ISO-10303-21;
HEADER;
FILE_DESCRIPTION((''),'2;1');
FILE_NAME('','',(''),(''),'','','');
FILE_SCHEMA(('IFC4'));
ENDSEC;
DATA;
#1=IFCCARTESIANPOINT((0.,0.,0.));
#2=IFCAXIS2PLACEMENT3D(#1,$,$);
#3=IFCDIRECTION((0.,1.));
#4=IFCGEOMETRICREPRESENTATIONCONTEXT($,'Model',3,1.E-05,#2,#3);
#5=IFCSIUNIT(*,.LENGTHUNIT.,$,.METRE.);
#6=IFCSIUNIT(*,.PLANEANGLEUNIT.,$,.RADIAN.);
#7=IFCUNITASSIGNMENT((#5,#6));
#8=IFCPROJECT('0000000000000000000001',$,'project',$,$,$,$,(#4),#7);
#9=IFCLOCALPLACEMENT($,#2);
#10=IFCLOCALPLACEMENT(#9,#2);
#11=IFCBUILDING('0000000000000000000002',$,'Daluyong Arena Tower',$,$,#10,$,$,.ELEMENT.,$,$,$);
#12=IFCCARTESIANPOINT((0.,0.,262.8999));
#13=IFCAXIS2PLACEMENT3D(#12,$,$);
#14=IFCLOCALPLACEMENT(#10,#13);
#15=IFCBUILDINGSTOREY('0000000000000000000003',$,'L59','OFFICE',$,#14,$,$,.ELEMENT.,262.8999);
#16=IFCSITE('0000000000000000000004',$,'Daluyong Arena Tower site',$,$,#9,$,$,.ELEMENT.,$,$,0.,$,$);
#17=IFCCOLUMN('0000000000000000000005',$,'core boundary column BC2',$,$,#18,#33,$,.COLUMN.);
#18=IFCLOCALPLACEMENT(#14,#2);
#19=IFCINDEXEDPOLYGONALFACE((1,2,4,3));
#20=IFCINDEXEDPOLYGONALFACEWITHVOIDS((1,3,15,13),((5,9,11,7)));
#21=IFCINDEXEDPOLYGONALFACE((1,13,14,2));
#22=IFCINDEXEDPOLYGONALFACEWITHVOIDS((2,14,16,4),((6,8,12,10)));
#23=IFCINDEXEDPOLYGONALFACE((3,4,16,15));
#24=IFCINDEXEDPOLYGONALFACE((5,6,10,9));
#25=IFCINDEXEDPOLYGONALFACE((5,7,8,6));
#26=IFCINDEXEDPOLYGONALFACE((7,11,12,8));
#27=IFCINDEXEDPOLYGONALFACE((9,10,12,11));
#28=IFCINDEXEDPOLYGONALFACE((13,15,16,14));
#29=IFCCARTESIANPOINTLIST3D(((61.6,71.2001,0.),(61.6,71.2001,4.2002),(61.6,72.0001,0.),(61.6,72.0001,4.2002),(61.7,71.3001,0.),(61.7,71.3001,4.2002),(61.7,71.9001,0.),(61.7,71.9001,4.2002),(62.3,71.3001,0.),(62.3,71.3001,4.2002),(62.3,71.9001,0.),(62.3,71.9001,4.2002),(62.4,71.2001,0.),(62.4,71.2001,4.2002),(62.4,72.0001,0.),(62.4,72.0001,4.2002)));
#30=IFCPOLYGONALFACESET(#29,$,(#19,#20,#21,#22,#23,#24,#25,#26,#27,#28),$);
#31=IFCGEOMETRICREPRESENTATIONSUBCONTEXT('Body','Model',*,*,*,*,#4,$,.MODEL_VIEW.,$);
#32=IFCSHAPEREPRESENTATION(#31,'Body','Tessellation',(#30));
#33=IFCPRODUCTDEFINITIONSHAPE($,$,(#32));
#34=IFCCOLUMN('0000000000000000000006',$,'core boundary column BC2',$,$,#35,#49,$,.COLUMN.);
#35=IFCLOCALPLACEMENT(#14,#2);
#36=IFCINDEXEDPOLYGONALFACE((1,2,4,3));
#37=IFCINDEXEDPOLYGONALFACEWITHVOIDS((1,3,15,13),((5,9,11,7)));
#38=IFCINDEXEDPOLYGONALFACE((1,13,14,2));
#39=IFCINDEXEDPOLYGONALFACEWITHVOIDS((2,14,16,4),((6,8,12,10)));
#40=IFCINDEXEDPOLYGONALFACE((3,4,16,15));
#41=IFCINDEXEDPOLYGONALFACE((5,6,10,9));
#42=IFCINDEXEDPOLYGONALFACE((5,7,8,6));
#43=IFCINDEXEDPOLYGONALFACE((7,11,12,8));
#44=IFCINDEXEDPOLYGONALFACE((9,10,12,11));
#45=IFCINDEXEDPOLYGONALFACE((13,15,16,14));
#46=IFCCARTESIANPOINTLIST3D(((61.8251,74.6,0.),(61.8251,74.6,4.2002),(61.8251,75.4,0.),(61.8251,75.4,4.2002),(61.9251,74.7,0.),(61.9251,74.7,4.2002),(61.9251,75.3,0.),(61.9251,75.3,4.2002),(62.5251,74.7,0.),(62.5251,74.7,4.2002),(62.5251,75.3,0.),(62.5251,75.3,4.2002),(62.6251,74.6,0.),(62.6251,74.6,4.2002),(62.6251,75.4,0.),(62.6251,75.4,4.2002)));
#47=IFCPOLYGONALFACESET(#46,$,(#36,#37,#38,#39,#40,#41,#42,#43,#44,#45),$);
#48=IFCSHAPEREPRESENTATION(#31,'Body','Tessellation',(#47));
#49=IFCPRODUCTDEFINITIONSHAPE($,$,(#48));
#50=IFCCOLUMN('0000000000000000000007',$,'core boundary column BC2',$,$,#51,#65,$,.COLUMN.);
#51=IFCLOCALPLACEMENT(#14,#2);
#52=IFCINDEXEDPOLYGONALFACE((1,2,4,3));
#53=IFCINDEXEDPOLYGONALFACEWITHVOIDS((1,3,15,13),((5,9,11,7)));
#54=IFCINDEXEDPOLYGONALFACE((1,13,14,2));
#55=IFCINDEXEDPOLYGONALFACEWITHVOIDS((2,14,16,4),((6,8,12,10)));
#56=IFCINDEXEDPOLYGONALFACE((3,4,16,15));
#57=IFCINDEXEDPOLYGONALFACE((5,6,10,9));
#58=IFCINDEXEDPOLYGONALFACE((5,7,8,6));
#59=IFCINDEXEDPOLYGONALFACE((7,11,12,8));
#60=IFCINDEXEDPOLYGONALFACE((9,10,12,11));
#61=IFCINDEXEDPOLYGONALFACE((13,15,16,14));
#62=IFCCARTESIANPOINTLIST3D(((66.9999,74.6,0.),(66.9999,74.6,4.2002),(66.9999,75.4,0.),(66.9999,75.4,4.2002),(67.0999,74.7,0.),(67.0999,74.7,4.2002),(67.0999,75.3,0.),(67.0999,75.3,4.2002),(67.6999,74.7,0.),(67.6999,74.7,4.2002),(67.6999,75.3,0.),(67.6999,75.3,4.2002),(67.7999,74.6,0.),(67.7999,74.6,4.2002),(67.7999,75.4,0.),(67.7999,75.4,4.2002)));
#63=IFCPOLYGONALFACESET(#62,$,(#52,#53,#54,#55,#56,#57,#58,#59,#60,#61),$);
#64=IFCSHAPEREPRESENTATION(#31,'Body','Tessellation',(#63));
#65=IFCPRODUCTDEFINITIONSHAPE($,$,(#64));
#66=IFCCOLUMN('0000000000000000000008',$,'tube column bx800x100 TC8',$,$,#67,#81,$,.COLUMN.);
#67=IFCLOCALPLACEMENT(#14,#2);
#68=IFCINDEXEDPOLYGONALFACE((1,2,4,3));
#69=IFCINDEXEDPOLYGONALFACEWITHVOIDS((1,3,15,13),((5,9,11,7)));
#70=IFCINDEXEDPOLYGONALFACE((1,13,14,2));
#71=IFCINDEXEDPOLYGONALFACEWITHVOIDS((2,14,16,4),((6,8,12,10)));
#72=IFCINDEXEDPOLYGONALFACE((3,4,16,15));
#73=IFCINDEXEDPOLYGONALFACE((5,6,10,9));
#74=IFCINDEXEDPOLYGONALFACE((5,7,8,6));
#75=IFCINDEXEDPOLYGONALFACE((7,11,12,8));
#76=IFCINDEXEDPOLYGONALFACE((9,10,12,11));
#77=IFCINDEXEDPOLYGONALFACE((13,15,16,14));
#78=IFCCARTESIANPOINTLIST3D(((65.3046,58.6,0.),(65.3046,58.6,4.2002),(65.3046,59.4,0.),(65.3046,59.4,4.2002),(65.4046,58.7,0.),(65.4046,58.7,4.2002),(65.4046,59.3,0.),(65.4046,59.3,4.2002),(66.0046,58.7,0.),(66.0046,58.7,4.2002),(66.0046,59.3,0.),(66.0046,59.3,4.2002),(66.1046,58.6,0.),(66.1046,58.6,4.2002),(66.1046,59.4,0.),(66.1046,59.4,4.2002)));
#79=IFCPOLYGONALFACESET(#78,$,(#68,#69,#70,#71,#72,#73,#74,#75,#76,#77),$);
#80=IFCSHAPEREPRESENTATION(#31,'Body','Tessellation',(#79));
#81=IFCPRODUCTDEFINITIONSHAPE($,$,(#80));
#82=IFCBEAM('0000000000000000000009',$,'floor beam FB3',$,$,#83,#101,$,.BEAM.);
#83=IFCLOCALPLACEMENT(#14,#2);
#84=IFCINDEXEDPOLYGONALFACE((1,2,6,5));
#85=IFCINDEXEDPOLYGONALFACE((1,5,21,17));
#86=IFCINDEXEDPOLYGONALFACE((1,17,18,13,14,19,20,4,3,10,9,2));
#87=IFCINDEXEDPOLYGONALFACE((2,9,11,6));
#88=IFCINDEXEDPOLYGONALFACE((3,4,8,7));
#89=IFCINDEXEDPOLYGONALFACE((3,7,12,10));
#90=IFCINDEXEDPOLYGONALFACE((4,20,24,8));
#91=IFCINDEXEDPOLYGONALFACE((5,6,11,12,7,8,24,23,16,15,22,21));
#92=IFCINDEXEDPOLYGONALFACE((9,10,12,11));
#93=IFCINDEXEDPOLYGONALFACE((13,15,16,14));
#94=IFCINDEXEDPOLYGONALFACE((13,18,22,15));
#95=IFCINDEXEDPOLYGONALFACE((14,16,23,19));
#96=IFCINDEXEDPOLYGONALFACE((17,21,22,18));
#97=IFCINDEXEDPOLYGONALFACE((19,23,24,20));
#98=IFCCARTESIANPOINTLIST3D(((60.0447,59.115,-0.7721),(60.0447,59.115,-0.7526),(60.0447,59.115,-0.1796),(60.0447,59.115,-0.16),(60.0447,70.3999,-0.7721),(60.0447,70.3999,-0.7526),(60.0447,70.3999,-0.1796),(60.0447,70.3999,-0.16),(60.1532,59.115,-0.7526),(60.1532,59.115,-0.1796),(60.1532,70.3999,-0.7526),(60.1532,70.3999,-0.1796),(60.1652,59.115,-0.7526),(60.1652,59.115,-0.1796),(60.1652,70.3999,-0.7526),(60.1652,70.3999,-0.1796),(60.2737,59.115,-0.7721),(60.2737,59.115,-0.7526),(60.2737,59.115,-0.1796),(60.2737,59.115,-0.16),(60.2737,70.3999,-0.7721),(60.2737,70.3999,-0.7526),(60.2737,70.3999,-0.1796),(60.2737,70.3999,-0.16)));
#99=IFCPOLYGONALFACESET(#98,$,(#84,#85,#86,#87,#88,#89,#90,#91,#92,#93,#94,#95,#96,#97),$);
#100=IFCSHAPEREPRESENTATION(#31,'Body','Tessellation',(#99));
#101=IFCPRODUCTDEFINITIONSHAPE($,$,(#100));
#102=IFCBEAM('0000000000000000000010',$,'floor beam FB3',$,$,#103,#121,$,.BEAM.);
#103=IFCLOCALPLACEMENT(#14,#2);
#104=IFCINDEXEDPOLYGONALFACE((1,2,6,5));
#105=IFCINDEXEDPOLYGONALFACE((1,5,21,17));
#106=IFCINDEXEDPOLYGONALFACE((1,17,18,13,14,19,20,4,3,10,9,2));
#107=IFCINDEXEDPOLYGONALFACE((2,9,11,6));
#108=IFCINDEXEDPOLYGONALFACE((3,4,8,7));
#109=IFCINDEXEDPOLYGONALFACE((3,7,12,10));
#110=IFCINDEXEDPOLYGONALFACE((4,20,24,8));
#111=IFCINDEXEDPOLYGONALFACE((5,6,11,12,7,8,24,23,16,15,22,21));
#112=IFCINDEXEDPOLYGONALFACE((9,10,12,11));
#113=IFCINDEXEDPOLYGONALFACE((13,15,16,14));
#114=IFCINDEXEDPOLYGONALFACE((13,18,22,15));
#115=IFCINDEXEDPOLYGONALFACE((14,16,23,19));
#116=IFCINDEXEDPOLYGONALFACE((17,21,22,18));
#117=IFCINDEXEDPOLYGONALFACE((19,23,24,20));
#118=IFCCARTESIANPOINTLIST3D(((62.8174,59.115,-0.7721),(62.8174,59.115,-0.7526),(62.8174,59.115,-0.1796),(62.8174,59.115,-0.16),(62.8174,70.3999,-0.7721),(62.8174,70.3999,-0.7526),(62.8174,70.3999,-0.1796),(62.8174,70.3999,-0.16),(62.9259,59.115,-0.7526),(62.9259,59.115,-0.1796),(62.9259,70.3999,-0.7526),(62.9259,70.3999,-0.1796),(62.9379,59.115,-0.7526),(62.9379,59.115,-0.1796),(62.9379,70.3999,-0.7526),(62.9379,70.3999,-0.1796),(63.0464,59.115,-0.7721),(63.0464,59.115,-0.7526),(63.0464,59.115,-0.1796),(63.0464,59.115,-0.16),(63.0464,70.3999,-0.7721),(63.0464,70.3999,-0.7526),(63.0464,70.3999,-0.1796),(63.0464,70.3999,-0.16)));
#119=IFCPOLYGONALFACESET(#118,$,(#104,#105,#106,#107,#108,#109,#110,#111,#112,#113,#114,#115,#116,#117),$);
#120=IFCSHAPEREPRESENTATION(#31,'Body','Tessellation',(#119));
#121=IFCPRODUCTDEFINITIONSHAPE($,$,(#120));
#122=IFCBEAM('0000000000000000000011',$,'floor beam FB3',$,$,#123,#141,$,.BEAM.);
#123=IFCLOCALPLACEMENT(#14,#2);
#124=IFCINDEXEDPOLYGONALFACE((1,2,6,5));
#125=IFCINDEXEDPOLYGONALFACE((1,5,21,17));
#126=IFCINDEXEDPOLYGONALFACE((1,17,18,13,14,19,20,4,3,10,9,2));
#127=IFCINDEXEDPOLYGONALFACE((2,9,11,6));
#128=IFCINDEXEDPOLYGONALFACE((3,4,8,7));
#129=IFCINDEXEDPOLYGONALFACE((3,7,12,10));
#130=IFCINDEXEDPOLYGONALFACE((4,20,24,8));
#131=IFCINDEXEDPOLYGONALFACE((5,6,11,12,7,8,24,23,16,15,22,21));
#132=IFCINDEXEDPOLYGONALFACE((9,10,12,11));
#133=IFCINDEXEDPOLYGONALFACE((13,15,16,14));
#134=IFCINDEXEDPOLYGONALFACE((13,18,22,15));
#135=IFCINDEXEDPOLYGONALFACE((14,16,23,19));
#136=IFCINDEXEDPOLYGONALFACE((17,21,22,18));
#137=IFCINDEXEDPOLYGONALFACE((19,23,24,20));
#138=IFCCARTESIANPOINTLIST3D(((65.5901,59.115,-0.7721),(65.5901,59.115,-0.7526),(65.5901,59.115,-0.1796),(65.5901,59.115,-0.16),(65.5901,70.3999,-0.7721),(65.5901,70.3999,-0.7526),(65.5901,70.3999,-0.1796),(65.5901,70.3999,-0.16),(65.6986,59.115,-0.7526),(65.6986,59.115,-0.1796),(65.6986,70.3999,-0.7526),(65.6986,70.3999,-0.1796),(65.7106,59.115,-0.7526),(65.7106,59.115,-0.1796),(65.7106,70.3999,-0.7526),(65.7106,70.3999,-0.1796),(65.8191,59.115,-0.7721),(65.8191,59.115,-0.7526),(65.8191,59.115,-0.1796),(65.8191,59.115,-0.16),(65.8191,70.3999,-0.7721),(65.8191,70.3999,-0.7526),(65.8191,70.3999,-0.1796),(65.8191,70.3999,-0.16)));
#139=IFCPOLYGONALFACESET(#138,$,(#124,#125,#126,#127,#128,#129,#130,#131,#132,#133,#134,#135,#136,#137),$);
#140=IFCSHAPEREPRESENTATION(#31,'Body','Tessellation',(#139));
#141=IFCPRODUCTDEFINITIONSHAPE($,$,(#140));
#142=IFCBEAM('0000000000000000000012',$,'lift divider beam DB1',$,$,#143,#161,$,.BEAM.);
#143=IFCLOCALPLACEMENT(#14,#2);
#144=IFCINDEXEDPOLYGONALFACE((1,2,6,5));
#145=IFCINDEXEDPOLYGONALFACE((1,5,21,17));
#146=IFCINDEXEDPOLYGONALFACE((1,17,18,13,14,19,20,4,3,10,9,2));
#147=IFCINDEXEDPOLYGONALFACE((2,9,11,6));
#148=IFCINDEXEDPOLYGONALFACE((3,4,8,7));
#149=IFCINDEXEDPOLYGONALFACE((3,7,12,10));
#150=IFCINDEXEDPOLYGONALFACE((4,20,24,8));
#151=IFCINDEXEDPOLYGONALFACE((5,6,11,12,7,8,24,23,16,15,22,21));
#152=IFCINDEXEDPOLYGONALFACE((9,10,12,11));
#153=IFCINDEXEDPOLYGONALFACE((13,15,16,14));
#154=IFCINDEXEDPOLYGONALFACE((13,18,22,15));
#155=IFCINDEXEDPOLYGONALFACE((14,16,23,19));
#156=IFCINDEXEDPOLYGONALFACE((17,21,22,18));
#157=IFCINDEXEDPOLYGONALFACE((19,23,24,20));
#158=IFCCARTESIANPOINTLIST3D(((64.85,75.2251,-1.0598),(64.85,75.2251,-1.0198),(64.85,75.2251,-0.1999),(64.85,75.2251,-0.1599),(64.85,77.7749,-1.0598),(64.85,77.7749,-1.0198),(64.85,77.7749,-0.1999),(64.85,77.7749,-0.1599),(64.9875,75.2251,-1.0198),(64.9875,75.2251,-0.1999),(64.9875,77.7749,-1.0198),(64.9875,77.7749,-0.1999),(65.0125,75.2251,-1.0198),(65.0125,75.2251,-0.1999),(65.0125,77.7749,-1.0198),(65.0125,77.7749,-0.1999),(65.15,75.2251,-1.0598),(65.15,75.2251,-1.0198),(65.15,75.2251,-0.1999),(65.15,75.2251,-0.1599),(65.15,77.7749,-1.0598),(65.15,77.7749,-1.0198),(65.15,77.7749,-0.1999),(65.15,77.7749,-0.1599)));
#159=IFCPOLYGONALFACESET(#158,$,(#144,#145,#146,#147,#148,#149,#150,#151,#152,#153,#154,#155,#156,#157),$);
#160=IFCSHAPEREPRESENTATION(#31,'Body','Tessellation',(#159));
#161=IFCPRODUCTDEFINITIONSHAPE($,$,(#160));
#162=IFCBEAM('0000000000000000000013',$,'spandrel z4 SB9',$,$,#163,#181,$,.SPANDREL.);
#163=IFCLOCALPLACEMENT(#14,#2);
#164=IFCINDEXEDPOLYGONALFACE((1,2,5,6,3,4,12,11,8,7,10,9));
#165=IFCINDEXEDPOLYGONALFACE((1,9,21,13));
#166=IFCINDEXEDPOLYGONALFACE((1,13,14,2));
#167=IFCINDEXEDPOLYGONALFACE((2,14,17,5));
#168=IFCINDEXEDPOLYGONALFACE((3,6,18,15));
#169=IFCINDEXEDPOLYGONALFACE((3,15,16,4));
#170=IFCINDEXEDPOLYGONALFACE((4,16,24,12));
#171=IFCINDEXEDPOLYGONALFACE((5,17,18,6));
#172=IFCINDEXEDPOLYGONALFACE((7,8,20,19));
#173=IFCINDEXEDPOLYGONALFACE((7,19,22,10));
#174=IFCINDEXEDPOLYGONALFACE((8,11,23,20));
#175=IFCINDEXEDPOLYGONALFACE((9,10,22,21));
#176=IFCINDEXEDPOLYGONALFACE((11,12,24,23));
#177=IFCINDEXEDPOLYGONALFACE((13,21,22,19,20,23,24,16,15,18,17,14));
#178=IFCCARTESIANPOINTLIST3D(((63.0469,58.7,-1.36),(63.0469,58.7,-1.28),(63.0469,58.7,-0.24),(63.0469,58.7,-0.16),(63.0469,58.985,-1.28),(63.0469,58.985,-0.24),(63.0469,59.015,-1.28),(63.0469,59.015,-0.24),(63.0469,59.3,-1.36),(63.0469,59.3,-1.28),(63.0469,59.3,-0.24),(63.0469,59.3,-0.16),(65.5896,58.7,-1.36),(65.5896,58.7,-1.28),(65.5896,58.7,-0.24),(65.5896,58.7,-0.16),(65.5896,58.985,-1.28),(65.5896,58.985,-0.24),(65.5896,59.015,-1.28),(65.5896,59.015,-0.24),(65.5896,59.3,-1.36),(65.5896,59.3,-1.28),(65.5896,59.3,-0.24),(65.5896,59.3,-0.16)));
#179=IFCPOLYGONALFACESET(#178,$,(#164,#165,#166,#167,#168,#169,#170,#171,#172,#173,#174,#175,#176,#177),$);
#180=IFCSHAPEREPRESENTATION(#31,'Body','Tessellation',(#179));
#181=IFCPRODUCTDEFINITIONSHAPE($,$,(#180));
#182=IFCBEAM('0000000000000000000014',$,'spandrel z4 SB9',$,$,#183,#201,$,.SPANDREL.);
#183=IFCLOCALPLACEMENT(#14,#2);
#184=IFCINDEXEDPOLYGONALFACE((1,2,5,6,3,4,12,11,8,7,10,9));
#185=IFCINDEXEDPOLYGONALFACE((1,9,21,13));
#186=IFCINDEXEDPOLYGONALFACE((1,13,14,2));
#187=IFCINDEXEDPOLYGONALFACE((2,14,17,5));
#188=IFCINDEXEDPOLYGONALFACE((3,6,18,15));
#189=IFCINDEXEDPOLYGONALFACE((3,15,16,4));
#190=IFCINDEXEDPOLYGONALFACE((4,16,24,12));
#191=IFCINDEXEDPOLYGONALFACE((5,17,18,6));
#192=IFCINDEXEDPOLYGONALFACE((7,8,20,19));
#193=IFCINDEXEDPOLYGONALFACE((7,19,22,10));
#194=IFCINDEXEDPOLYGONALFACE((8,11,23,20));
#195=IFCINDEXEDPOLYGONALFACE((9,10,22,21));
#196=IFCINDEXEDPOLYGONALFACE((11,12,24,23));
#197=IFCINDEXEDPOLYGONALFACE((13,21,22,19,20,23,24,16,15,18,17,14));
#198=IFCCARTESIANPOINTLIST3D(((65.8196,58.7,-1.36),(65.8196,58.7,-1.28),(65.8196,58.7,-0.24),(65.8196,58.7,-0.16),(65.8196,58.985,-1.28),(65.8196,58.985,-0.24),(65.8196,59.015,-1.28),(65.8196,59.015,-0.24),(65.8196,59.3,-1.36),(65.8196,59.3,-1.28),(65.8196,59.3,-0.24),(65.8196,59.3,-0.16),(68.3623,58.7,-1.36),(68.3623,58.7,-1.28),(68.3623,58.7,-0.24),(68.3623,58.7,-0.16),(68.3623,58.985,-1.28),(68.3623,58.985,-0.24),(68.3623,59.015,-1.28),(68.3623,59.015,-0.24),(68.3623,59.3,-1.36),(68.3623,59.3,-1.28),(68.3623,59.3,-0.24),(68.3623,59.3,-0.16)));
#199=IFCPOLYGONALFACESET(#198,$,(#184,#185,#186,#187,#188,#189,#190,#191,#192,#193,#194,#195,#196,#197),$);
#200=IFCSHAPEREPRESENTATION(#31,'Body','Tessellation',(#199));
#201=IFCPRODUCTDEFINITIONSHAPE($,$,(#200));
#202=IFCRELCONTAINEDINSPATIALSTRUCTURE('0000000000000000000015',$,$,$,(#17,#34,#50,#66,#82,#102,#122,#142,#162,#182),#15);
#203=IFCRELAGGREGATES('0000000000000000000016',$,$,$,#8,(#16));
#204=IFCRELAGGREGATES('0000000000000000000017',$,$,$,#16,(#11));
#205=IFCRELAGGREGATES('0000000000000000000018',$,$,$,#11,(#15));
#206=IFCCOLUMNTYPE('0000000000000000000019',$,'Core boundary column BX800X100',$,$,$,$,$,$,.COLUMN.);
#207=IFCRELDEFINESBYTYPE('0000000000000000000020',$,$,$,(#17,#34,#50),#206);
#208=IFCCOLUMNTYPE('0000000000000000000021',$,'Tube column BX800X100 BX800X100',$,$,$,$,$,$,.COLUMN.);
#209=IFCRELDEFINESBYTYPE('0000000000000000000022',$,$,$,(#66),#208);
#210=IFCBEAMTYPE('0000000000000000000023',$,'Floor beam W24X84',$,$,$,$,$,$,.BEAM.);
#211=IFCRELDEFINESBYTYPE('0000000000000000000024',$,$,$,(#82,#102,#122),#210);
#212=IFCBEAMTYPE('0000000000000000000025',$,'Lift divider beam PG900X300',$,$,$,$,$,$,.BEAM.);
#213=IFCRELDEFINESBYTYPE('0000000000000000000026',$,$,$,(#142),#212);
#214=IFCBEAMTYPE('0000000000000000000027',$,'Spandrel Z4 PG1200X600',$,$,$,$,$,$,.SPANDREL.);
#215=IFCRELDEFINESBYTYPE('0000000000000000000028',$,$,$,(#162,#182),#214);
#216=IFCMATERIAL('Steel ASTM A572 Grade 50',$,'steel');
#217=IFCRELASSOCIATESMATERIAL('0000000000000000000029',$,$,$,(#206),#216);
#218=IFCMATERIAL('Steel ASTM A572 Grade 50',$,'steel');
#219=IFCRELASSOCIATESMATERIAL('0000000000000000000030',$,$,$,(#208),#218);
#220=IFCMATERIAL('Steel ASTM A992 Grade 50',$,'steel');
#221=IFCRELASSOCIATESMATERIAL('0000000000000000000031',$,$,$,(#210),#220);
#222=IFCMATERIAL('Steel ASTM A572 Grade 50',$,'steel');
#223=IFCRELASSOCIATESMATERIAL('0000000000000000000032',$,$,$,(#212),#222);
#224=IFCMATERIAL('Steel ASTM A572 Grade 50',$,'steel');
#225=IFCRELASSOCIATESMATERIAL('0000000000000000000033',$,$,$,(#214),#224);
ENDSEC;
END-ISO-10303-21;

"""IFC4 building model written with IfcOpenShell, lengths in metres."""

from ifc_helpers import new_model, si_unit, direction, frame, origin, origin_2d, place, context, subcontext, project, spatial, hollow_rectangle, i_section, extrude, material, material_profile, profile_set, type_object, element, save


model = new_model("IFC4")

# Units and contexts
model_context = context("Model", 3, precision=1e-05, world=origin(), true_north=direction((0.0, 1.0)))
body_context = subcontext(model_context, "Body", "Model", "MODEL_VIEW")
ifc_project = project(units=[si_unit("LENGTHUNIT", "METRE"), si_unit("PLANEANGLEUNIT", "RADIAN")], contexts=[model_context])

# Site, building, storey
site_placement = place(None, origin())
site = spatial("IfcSite", under=ifc_project, at=site_placement, Name="Daluyong Arena Tower site", CompositionType="ELEMENT", RefElevation=0.0)
building_placement = place(site_placement, origin())
building = spatial("IfcBuilding", under=site, at=building_placement, Name="Daluyong Arena Tower", CompositionType="ELEMENT")
storey_placement = place(building_placement, frame((0.0, 0.0, 262.8999)))
storey = spatial("IfcBuildingStorey", under=building, at=storey_placement, Name="L59", Description="OFFICE", CompositionType="ELEMENT", Elevation=262.8999)

# Columns
ifc_material_1 = material(Name="Steel ASTM A572 Grade 50", Category="steel")
ifc_material_profile_1 = material_profile(ifc_material_1, hollow_rectangle(XDim=0.8, YDim=0.8, WallThickness=0.1, at=origin_2d()))
ifc_profile_set_1 = profile_set([ifc_material_profile_1], Name="Steel ASTM A572 Grade 50")
column_type_1 = type_object("IfcColumnType", Name="Core boundary column BX800X100", PredefinedType="COLUMN", material=ifc_profile_set_1)
for number, where, z_axis, x_axis, name in (
    (1, (62.0, 71.6001, 0.0), (0.0, 0.0, 1.0), (1.0, 0.0, 0.0), "core boundary column BC2"),
    (2, (62.2251, 75.0, 0.0), (0.0, 0.0, 1.0), (1.0, 0.0, 0.0), "core boundary column BC2"),
    (3, (67.3999, 75.0, 0.0), (0.0, 0.0, 1.0), (1.0, 0.0, 0.0), "core boundary column BC2"),
):
    element("IfcColumn", number, at=place(storey_placement, frame(where, z_axis=z_axis, x_axis=x_axis)), inside=storey, type_object=column_type_1, Name=name, PredefinedType="COLUMN", context=body_context, shape_type="SweptSolid", body=[
        extrude(hollow_rectangle(XDim=0.8, YDim=0.8, WallThickness=0.1, at=origin_2d()), origin(), (0.0, 0.0, 1.0), 4.2002),
    ])
ifc_material_2 = material(Name="Steel ASTM A572 Grade 50", Category="steel")
ifc_material_profile_2 = material_profile(ifc_material_2, hollow_rectangle(XDim=0.8, YDim=0.8, WallThickness=0.1, at=origin_2d()))
ifc_profile_set_2 = profile_set([ifc_material_profile_2], Name="Steel ASTM A572 Grade 50")
column_type_2 = type_object("IfcColumnType", Name="Tube column BX800X100 BX800X100", PredefinedType="COLUMN", material=ifc_profile_set_2)
column_placement = place(storey_placement, frame((65.7046, 59.0, 0.0), z_axis=(0.0, 0.0, 1.0), x_axis=(1.0, 0.0, 0.0)))
element("IfcColumn", 4, at=column_placement, inside=storey, type_object=column_type_2, Name="tube column bx800x100 TC8", PredefinedType="COLUMN", context=body_context, shape_type="SweptSolid", body=[
    extrude(hollow_rectangle(XDim=0.8, YDim=0.8, WallThickness=0.1, at=origin_2d()), origin(), (0.0, 0.0, 1.0), 4.2002),
])

# Beams
ifc_material_3 = material(Name="Steel ASTM A992 Grade 50", Category="steel")
ifc_material_profile_3 = material_profile(ifc_material_3, i_section(OverallWidth=0.229, OverallDepth=0.6121, WebThickness=0.012, FlangeThickness=0.0195, at=origin_2d()))
ifc_profile_set_3 = profile_set([ifc_material_profile_3], Name="Steel ASTM A992 Grade 50")
beam_type_1 = type_object("IfcBeamType", Name="Floor beam W24X84", PredefinedType="BEAM", material=ifc_profile_set_3)
for number, where, z_axis, x_axis, name in (
    (5, (60.1592, 59.115, -0.4661), (0.0, 1.0, 0.0), (-1.0, 0.0, 0.0), "floor beam FB3"),
    (6, (62.9319, 59.115, -0.4661), (0.0, 1.0, 0.0), (-1.0, 0.0, 0.0), "floor beam FB3"),
    (7, (65.7046, 59.115, -0.4661), (0.0, 1.0, 0.0), (-1.0, 0.0, 0.0), "floor beam FB3"),
):
    element("IfcBeam", number, at=place(storey_placement, frame(where, z_axis=z_axis, x_axis=x_axis)), inside=storey, type_object=beam_type_1, Name=name, PredefinedType="BEAM", context=body_context, shape_type="SweptSolid", body=[
        extrude(i_section(OverallWidth=0.229, OverallDepth=0.6121, WebThickness=0.012, FlangeThickness=0.0195, at=origin_2d()), origin(), (0.0, 0.0, 1.0), 11.2849),
    ])
ifc_material_4 = material(Name="Steel ASTM A572 Grade 50", Category="steel")
ifc_material_profile_4 = material_profile(ifc_material_4, i_section(OverallWidth=0.3, OverallDepth=0.8999, WebThickness=0.025, FlangeThickness=0.04, at=origin_2d()))
ifc_profile_set_4 = profile_set([ifc_material_profile_4], Name="Steel ASTM A572 Grade 50")
beam_type_2 = type_object("IfcBeamType", Name="Lift divider beam PG900X300", PredefinedType="BEAM", material=ifc_profile_set_4)
beam_placement = place(storey_placement, frame((65.0, 75.2251, -0.6099), z_axis=(0.0, 1.0, 0.0), x_axis=(-1.0, 0.0, 0.0)))
element("IfcBeam", 8, at=beam_placement, inside=storey, type_object=beam_type_2, Name="lift divider beam DB1", PredefinedType="BEAM", context=body_context, shape_type="SweptSolid", body=[
    extrude(i_section(OverallWidth=0.3, OverallDepth=0.8999, WebThickness=0.025, FlangeThickness=0.04, at=origin_2d()), origin(), (0.0, 0.0, 1.0), 2.5498),
])
ifc_material_5 = material(Name="Steel ASTM A572 Grade 50", Category="steel")
ifc_material_profile_5 = material_profile(ifc_material_5, i_section(OverallWidth=0.6001, OverallDepth=1.2, WebThickness=0.03, FlangeThickness=0.08, at=origin_2d()))
ifc_profile_set_5 = profile_set([ifc_material_profile_5], Name="Steel ASTM A572 Grade 50")
beam_type_3 = type_object("IfcBeamType", Name="Spandrel Z4 PG1200X600", PredefinedType="SPANDREL", material=ifc_profile_set_5)
for number, where, z_axis, x_axis, name in (
    (9, (63.0469, 59.0, -0.76), (1.0, 0.0, 0.0), (0.0, 1.0, 0.0), "spandrel z4 SB9"),
    (10, (65.8196, 59.0, -0.76), (1.0, 0.0, 0.0), (0.0, 1.0, 0.0), "spandrel z4 SB9"),
):
    element("IfcBeam", number, at=place(storey_placement, frame(where, z_axis=z_axis, x_axis=x_axis)), inside=storey, type_object=beam_type_3, Name=name, PredefinedType="SPANDREL", context=body_context, shape_type="SweptSolid", body=[
        extrude(i_section(OverallWidth=0.6001, OverallDepth=1.2, WebThickness=0.03, FlangeThickness=0.08, at=origin_2d()), origin(), (0.0, 0.0, 1.0), 2.5427),
    ])

save(model, "model.ifc")
